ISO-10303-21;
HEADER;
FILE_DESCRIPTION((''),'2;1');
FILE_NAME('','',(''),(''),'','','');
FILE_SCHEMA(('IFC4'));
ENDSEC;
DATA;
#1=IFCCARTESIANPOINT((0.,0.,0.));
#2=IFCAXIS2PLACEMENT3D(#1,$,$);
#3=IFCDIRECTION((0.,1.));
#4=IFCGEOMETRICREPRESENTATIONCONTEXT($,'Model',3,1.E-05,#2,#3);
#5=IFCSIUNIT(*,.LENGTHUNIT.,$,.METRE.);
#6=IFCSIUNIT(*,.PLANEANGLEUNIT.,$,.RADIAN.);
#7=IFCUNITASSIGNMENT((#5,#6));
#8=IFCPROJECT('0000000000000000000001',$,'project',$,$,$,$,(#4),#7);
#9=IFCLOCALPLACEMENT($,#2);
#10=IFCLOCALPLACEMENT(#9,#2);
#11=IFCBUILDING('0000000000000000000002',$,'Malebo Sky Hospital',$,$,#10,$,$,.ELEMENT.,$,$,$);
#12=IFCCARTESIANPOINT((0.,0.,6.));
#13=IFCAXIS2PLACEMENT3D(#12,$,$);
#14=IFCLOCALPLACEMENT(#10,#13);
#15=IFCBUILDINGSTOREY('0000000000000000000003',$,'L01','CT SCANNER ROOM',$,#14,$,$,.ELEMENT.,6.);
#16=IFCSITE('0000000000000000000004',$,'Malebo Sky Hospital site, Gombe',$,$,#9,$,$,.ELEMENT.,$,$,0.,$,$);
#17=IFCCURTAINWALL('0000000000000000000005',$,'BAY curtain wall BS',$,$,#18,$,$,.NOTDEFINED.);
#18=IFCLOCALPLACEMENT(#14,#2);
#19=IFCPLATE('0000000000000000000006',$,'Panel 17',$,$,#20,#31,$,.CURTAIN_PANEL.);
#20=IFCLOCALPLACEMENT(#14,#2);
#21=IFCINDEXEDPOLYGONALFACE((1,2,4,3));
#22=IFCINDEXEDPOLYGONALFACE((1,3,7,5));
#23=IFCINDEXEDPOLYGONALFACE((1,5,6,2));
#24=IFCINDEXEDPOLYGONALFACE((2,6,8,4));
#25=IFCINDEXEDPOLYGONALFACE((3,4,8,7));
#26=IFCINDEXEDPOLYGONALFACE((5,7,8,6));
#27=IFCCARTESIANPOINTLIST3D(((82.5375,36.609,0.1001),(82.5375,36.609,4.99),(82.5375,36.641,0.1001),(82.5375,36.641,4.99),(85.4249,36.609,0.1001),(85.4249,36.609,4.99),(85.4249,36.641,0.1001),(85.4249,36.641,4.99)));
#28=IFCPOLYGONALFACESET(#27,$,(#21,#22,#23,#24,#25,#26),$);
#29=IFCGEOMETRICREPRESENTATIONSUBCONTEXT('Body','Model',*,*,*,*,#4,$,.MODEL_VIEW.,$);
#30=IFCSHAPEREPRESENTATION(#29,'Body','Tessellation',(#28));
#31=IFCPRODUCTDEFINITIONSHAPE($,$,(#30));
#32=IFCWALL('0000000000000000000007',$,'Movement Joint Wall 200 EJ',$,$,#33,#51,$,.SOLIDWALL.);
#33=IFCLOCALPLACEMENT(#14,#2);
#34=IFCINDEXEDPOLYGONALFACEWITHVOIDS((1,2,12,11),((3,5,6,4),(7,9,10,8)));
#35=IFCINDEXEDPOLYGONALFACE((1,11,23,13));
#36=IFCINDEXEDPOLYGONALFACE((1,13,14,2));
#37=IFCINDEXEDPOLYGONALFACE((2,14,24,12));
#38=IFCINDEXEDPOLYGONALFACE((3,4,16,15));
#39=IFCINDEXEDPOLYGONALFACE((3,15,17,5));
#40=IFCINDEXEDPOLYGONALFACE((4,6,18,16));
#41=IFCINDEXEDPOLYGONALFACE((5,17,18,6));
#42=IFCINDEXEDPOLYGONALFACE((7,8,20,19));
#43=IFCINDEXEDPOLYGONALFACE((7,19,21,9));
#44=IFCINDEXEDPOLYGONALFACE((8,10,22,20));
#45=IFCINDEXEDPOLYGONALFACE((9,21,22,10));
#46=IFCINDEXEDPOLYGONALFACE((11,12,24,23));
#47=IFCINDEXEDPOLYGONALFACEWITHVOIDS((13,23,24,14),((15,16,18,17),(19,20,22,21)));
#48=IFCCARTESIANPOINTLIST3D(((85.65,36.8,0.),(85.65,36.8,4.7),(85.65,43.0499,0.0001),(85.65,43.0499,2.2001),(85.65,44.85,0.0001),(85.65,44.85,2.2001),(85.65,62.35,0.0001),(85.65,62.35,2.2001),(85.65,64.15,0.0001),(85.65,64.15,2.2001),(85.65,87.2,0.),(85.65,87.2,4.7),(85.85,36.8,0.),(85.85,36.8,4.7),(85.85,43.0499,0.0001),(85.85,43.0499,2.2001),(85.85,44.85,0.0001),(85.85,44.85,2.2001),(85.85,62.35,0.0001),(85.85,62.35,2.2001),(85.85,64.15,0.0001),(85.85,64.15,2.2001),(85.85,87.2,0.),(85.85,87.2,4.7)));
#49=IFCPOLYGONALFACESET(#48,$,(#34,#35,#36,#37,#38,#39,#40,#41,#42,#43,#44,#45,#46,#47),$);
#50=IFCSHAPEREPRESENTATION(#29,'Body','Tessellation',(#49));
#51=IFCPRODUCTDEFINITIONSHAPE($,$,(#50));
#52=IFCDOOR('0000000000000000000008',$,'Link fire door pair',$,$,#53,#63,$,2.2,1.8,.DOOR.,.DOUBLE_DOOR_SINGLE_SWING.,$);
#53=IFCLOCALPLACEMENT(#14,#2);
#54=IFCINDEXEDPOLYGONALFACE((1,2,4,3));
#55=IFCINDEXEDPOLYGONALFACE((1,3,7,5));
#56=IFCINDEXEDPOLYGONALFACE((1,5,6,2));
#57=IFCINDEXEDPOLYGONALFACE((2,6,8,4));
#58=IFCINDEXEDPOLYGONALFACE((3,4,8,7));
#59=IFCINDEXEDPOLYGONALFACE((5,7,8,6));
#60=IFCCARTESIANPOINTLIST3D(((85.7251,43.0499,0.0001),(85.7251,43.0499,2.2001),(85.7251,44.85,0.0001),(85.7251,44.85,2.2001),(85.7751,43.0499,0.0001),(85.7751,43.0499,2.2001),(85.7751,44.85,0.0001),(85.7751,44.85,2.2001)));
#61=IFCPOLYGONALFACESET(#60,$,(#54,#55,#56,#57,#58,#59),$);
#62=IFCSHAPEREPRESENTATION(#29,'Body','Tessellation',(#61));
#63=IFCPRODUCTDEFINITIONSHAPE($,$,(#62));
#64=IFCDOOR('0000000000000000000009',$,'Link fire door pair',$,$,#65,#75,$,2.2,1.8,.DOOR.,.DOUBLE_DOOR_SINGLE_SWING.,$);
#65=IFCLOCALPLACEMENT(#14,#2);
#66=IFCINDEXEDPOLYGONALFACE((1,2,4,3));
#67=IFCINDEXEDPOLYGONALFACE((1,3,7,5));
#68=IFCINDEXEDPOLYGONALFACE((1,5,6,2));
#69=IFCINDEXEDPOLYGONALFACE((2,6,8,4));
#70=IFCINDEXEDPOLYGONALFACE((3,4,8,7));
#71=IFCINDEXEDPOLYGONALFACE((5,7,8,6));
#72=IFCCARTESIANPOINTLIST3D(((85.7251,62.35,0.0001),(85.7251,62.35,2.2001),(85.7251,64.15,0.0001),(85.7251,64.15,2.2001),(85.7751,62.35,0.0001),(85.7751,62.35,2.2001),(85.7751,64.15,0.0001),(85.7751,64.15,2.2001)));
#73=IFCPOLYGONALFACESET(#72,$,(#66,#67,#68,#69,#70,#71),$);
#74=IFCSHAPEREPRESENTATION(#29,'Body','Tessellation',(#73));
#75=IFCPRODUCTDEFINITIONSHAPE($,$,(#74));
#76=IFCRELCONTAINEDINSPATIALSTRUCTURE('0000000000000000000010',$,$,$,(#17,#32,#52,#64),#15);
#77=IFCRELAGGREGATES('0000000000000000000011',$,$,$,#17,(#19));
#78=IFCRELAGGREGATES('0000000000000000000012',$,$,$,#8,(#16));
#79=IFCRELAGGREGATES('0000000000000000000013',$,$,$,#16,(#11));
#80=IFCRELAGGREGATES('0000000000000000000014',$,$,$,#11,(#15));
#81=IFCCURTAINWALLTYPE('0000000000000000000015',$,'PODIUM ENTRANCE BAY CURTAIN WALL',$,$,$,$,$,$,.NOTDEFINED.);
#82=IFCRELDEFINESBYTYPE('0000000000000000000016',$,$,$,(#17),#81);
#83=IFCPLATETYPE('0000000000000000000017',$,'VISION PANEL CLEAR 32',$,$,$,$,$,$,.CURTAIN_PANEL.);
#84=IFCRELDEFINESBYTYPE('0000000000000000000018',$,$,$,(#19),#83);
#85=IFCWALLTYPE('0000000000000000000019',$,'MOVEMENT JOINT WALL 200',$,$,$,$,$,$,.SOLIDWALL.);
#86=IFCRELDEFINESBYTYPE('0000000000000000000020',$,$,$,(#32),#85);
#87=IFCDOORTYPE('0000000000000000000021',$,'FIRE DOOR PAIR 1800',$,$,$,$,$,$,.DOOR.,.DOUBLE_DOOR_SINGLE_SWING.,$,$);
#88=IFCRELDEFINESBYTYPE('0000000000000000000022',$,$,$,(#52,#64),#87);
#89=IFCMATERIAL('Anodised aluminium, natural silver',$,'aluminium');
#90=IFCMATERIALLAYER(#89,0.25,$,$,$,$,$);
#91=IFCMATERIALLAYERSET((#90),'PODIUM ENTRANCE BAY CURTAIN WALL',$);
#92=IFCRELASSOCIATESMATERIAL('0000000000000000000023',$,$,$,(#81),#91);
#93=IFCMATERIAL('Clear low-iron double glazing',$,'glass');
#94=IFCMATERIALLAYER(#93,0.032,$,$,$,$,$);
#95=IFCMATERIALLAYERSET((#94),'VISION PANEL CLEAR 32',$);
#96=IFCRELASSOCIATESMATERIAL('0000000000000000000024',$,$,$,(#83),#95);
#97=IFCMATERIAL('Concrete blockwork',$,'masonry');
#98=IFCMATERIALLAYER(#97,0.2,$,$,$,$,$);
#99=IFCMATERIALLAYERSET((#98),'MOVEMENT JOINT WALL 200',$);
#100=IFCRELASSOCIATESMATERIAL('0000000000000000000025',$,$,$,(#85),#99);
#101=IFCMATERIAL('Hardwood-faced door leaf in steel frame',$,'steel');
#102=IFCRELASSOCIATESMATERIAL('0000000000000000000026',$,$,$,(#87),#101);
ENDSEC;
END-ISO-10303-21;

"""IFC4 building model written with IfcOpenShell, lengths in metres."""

from ifc_helpers import new_model, si_unit, direction, frame, frame_2d, origin, origin_2d, place, context, subcontext, project, spatial, rectangle, extrude, material, layer, layer_set, type_object, element, fill, aggregate, save


model = new_model("IFC4")

# Units and contexts
model_context = context("Model", 3, precision=1e-05, world=origin(), true_north=direction((0.0, 1.0)))
body_context = subcontext(model_context, "Body", "Model", "MODEL_VIEW")
ifc_project = project(units=[si_unit("LENGTHUNIT", "METRE"), si_unit("PLANEANGLEUNIT", "RADIAN")], contexts=[model_context])

# Site, building, storey
site_placement = place(None, origin())
site = spatial("IfcSite", under=ifc_project, at=site_placement, Name="Malebo Sky Hospital site, Gombe", CompositionType="ELEMENT", RefElevation=0.0)
building_placement = place(site_placement, origin())
building = spatial("IfcBuilding", under=site, at=building_placement, Name="Malebo Sky Hospital", CompositionType="ELEMENT")
storey_placement = place(building_placement, frame((0.0, 0.0, 6.0)))
storey = spatial("IfcBuildingStorey", under=building, at=storey_placement, Name="L01", Description="CT SCANNER ROOM", CompositionType="ELEMENT", Elevation=6.0)

# Curtain wall
ifc_material_1 = material(Name="Anodised aluminium, natural silver", Category="aluminium")
ifc_layer_1 = layer(ifc_material_1, 0.25)
ifc_layer_set_1 = layer_set([ifc_layer_1], Name="PODIUM ENTRANCE BAY CURTAIN WALL")
curtain_wall_type_1 = type_object("IfcCurtainWallType", Name="PODIUM ENTRANCE BAY CURTAIN WALL", PredefinedType="NOTDEFINED", material=ifc_layer_set_1)
curtain_wall_1_placement = place(storey_placement, origin())
curtain_wall_1 = element("IfcCurtainWall", 1, at=curtain_wall_1_placement, inside=storey, type_object=curtain_wall_type_1, Name="BAY curtain wall BS", PredefinedType="NOTDEFINED")

# Plate
ifc_material_2 = material(Name="Clear low-iron double glazing", Category="glass")
ifc_layer_2 = layer(ifc_material_2, 0.032)
ifc_layer_set_2 = layer_set([ifc_layer_2], Name="VISION PANEL CLEAR 32")
plate_type = type_object("IfcPlateType", Name="VISION PANEL CLEAR 32", PredefinedType="CURTAIN_PANEL", material=ifc_layer_set_2)
plate_1_placement = place(storey_placement, frame((83.9812, 36.625, 0.1001), z_axis=(0.0, 0.0, 1.0), x_axis=(1.0, 0.0, 0.0)))
plate_1 = element("IfcPlate", 2, at=plate_1_placement, type_object=plate_type, Name="Panel 17", PredefinedType="CURTAIN_PANEL", context=body_context, shape_type="SweptSolid", body=[
    extrude(rectangle(XDim=2.8875, YDim=0.032, at=origin_2d()), origin(), (0.0, 0.0, 1.0), 4.8899),
])
aggregate(curtain_wall_1, [plate_1])

# Wall, openings, doors
ifc_material_3 = material(Name="Concrete blockwork", Category="masonry")
ifc_layer_3 = layer(ifc_material_3, 0.2)
ifc_layer_set_3 = layer_set([ifc_layer_3], Name="MOVEMENT JOINT WALL 200")
wall_type = type_object("IfcWallType", Name="MOVEMENT JOINT WALL 200", PredefinedType="SOLIDWALL", material=ifc_layer_set_3)
wall_placement = place(storey_placement, frame((85.75, 36.8, 0.0), z_axis=(0.0, 0.0, 1.0), x_axis=(0.0, 1.0, 0.0)))
wall = element("IfcWall", 3, at=wall_placement, inside=storey, type_object=wall_type, Name="Movement Joint Wall 200 EJ", PredefinedType="SOLIDWALL", context=body_context, shape_type="SweptSolid", body=[
    extrude(rectangle(XDim=50.3999, YDim=0.2, at=frame_2d((25.2, 0.0))), origin(), (0.0, 0.0, 1.0), 4.7),
])
opening_1_placement = place(wall_placement, frame((6.25, 0.0, 0.0)))
opening_1 = element("IfcOpeningElement", 4, at=opening_1_placement, cuts=wall, PredefinedType="OPENING", context=body_context, shape_type="SweptSolid", body=[
    extrude(rectangle(XDim=1.8, YDim=2.2, at=frame_2d((0.8999, 1.1001))), frame((0.0, 0.1099, 0.0), z_axis=(0.0, -1.0, 0.0), x_axis=(1.0, 0.0, 0.0)), (0.0, 0.0, 1.0), 0.22),
])
opening_2_placement = place(wall_placement, frame((25.55, 0.0, 0.0)))
opening_2 = element("IfcOpeningElement", 5, at=opening_2_placement, cuts=wall, PredefinedType="OPENING", context=body_context, shape_type="SweptSolid", body=[
    extrude(rectangle(XDim=1.8, YDim=2.2, at=frame_2d((0.8999, 1.1001))), frame((0.0, 0.1099, 0.0), z_axis=(0.0, -1.0, 0.0), x_axis=(1.0, 0.0, 0.0)), (0.0, 0.0, 1.0), 0.22),
])
ifc_material_4 = material(Name="Hardwood-faced door leaf in steel frame", Category="steel")
door_type = type_object("IfcDoorType", Name="FIRE DOOR PAIR 1800", OperationType="DOUBLE_DOOR_SINGLE_SWING", PredefinedType="DOOR", material=ifc_material_4)
door_1_placement = place(opening_1_placement, origin())
door_1 = element("IfcDoor", 6, at=door_1_placement, inside=storey, type_object=door_type, Name="Link fire door pair", OperationType="DOUBLE_DOOR_SINGLE_SWING", OverallHeight=2.2, OverallWidth=1.8, PredefinedType="DOOR", context=body_context, shape_type="SweptSolid", body=[
    extrude(rectangle(XDim=1.8, YDim=2.2, at=frame_2d((0.8999, 1.1001))), frame((0.0, 0.0249, 0.0), z_axis=(0.0, -1.0, 0.0), x_axis=(1.0, 0.0, 0.0)), (0.0, 0.0, 1.0), 0.05),
])
fill(opening_1, door_1)
door_2_placement = place(opening_2_placement, origin())
door_2 = element("IfcDoor", 7, at=door_2_placement, inside=storey, type_object=door_type, Name="Link fire door pair", OperationType="DOUBLE_DOOR_SINGLE_SWING", OverallHeight=2.2, OverallWidth=1.8, PredefinedType="DOOR", context=body_context, shape_type="SweptSolid", body=[
    extrude(rectangle(XDim=1.8, YDim=2.2, at=frame_2d((0.8999, 1.1001))), frame((0.0, 0.0249, 0.0), z_axis=(0.0, -1.0, 0.0), x_axis=(1.0, 0.0, 0.0)), (0.0, 0.0, 1.0), 0.05),
])
fill(opening_2, door_2)

save(model, "model.ifc")
